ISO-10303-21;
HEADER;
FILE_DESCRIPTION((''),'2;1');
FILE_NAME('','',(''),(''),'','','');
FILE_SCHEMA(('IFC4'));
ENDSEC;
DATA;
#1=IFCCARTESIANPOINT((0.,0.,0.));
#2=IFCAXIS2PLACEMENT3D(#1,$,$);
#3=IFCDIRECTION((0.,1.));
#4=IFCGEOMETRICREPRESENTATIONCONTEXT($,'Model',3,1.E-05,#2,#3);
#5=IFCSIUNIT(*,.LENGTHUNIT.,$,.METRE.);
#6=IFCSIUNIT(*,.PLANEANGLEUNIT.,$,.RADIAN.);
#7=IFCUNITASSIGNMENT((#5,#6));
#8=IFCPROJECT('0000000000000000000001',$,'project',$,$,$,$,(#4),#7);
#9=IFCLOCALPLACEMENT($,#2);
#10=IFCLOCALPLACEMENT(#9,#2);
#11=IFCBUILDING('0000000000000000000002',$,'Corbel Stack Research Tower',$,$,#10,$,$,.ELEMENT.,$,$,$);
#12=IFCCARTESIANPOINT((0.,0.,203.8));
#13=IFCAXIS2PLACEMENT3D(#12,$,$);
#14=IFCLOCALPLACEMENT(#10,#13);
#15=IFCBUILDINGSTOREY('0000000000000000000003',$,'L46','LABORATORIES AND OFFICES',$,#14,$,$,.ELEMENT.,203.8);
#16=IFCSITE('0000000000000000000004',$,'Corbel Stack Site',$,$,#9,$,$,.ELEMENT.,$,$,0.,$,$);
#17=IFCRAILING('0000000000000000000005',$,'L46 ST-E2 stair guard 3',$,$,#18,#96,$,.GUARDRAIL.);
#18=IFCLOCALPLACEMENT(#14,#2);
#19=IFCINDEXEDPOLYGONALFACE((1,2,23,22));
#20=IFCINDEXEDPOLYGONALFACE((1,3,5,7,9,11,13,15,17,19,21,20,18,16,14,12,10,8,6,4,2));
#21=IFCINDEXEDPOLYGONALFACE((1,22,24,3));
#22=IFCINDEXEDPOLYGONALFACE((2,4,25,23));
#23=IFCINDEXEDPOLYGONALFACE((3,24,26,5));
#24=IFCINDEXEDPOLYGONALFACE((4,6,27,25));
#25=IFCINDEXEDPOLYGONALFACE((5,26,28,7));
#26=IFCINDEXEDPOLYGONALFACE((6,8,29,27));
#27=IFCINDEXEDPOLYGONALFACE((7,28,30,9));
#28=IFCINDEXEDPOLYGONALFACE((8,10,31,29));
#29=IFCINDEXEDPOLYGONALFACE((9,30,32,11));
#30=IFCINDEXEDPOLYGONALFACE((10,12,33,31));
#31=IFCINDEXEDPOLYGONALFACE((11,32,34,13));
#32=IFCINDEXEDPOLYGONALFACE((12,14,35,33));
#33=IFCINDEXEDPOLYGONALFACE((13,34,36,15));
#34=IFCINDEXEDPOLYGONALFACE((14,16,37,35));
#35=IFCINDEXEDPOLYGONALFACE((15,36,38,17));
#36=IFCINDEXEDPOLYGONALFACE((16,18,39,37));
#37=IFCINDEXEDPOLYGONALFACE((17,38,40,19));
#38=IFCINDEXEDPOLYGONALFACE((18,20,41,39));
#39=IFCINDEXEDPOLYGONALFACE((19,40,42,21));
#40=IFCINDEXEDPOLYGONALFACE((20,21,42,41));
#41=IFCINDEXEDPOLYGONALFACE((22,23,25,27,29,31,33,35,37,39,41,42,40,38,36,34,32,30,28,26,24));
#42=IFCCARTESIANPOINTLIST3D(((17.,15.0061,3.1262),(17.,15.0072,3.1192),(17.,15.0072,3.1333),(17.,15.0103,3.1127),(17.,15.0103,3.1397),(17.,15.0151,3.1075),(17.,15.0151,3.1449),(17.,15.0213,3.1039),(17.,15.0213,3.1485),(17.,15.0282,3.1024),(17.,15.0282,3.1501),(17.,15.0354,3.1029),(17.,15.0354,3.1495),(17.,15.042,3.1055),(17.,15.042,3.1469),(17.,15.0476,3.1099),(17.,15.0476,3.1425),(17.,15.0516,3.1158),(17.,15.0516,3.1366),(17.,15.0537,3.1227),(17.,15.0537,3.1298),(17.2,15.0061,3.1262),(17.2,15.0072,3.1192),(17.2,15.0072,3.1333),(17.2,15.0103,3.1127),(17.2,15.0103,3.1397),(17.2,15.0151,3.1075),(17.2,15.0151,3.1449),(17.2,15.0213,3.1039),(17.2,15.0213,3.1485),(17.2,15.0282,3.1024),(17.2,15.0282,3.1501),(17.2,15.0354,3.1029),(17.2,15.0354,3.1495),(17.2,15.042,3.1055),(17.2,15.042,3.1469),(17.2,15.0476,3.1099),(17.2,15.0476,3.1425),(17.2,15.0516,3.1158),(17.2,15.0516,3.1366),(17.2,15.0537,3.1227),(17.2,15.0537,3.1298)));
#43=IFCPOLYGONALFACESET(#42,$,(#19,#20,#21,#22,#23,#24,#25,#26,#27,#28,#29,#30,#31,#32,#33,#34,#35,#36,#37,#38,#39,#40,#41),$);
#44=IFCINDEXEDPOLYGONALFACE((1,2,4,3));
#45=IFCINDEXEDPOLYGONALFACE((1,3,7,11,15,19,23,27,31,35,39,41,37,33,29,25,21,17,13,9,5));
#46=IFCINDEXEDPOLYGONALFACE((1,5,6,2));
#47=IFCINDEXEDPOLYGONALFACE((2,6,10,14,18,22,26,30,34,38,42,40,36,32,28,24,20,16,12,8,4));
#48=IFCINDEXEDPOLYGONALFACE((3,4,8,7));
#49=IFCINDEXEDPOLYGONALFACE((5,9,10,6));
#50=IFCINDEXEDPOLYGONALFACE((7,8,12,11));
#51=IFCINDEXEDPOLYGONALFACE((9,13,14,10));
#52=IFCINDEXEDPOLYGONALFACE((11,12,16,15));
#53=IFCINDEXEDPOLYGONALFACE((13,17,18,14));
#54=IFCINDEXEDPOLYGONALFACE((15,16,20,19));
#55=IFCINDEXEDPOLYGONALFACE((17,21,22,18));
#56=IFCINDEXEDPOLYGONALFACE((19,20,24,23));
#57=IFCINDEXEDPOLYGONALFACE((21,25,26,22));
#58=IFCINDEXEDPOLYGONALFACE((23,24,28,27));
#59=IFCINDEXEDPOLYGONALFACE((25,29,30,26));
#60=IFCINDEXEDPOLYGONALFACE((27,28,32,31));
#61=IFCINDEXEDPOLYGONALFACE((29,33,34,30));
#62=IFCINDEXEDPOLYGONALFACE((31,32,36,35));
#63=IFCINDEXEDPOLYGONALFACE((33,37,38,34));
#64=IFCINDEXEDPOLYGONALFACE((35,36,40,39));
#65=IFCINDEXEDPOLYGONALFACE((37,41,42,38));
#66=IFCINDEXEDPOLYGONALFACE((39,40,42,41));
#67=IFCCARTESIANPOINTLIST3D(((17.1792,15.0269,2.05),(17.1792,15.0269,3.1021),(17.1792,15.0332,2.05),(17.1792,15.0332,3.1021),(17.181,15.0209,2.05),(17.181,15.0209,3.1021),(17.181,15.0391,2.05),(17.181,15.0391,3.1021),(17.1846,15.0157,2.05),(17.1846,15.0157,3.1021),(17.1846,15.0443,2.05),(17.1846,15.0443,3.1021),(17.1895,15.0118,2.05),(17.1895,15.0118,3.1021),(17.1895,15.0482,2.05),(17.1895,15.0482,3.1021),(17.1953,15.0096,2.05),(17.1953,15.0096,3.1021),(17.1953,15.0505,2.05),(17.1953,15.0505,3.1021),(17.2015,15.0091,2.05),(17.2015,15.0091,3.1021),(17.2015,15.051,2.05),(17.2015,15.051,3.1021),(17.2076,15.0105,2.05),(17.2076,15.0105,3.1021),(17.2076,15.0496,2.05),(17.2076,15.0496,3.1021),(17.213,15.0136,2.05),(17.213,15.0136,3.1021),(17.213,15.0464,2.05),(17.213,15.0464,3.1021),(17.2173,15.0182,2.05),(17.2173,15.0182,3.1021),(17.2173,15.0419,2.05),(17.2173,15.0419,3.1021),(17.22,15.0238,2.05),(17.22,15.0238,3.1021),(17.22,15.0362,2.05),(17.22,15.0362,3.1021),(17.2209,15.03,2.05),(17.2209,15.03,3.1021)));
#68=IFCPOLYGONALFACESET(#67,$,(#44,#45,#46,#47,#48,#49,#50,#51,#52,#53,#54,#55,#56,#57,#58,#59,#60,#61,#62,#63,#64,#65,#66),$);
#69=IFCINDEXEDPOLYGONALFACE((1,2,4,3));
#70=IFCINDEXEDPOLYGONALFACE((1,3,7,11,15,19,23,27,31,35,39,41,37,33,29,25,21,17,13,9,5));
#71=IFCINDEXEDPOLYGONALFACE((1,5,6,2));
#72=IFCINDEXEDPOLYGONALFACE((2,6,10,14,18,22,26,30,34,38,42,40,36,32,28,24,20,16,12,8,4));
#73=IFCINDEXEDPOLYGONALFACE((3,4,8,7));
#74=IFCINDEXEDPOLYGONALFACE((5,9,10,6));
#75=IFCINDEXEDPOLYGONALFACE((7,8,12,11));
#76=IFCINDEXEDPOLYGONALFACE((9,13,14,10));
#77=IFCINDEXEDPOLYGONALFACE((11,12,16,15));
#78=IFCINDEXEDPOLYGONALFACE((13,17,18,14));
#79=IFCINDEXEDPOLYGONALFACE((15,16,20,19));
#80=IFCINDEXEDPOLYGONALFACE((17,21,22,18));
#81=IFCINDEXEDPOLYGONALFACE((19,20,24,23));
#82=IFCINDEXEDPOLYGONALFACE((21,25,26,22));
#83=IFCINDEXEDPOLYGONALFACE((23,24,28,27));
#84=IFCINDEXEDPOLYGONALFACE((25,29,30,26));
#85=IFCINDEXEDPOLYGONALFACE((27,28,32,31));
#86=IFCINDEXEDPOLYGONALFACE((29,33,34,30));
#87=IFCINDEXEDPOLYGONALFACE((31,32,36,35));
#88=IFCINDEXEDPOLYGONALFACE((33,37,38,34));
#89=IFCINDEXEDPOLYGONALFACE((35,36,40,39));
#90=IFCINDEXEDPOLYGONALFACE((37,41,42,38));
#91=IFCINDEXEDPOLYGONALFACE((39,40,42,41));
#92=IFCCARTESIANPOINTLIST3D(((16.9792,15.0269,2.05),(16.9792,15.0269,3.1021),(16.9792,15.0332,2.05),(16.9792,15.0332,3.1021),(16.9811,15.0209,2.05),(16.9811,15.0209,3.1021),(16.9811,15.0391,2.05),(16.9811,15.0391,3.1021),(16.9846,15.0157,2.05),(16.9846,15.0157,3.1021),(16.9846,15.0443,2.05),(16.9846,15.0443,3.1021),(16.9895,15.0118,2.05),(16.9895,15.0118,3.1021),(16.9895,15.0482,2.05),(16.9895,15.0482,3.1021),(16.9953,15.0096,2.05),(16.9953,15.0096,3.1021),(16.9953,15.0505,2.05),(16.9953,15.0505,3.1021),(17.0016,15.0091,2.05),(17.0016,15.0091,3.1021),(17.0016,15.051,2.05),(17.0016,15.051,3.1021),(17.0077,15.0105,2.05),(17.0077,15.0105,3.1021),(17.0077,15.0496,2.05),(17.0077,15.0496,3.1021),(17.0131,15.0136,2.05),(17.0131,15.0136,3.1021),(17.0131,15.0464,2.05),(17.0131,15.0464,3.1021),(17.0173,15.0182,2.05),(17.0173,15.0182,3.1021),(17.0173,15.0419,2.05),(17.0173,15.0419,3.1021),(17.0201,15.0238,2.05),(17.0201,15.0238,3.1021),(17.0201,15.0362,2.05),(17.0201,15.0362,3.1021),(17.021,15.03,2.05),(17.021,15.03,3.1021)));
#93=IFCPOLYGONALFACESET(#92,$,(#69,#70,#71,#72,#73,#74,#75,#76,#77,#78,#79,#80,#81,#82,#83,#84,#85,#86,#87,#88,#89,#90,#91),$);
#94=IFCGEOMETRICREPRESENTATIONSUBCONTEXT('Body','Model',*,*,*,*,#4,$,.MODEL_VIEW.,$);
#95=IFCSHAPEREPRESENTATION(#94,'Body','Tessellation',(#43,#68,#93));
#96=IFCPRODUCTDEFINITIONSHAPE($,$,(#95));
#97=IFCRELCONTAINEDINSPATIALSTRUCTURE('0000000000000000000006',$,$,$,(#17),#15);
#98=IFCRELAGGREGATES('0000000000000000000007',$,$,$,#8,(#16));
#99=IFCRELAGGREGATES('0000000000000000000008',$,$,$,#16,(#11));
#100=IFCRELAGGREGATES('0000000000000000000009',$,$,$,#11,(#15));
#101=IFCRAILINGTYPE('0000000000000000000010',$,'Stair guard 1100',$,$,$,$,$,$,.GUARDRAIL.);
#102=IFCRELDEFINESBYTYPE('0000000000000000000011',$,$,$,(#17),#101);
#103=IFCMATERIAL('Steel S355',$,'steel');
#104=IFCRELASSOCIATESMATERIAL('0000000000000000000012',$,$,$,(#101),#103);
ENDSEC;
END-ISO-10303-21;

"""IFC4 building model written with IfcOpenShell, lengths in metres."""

from ifc_helpers import new_model, si_unit, direction, frame, origin, origin_2d, place, context, subcontext, project, spatial, circle, extrude, material, type_object, element, save


model = new_model("IFC4")

# Units and contexts
model_context = context("Model", 3, precision=1e-05, world=origin(), true_north=direction((0.0, 1.0)))
body_context = subcontext(model_context, "Body", "Model", "MODEL_VIEW")
ifc_project = project(units=[si_unit("LENGTHUNIT", "METRE"), si_unit("PLANEANGLEUNIT", "RADIAN")], contexts=[model_context])

# Site, building, storey
site_placement = place(None, origin())
site = spatial("IfcSite", under=ifc_project, at=site_placement, Name="Corbel Stack Site", CompositionType="ELEMENT", RefElevation=0.0)
building_placement = place(site_placement, origin())
building = spatial("IfcBuilding", under=site, at=building_placement, Name="Corbel Stack Research Tower", CompositionType="ELEMENT")
storey_placement = place(building_placement, frame((0.0, 0.0, 203.8)))
storey = spatial("IfcBuildingStorey", under=building, at=storey_placement, Name="L46", Description="LABORATORIES AND OFFICES", CompositionType="ELEMENT", Elevation=203.8)

# Railing
ifc_material_1 = material(Name="Steel S355", Category="steel")
railing_type = type_object("IfcRailingType", Name="Stair guard 1100", PredefinedType="GUARDRAIL", material=ifc_material_1)
railing_1_placement = place(storey_placement, frame((17.2, 15.03, 2.05)))
element("IfcRailing", 1, at=railing_1_placement, inside=storey, type_object=railing_type, Name="L46 ST-E2 stair guard 3", PredefinedType="GUARDRAIL", context=body_context, shape_type="SweptSolid", body=[
    extrude(circle(Radius=0.0239, at=origin_2d()), frame((0.0, 0.0, 1.0762), z_axis=(-1.0, 0.0, 0.0), x_axis=(0.0, -1.0, 0.0)), (0.0, 0.0, 1.0), 0.2),
    extrude(circle(Radius=0.021, at=origin_2d()), origin(), (0.0, 0.0, 1.0), 1.052),
    extrude(circle(Radius=0.021, at=origin_2d()), frame((-0.2, 0.0, 0.0)), (0.0, 0.0, 1.0), 1.052),
])

save(model, "model.ifc")
